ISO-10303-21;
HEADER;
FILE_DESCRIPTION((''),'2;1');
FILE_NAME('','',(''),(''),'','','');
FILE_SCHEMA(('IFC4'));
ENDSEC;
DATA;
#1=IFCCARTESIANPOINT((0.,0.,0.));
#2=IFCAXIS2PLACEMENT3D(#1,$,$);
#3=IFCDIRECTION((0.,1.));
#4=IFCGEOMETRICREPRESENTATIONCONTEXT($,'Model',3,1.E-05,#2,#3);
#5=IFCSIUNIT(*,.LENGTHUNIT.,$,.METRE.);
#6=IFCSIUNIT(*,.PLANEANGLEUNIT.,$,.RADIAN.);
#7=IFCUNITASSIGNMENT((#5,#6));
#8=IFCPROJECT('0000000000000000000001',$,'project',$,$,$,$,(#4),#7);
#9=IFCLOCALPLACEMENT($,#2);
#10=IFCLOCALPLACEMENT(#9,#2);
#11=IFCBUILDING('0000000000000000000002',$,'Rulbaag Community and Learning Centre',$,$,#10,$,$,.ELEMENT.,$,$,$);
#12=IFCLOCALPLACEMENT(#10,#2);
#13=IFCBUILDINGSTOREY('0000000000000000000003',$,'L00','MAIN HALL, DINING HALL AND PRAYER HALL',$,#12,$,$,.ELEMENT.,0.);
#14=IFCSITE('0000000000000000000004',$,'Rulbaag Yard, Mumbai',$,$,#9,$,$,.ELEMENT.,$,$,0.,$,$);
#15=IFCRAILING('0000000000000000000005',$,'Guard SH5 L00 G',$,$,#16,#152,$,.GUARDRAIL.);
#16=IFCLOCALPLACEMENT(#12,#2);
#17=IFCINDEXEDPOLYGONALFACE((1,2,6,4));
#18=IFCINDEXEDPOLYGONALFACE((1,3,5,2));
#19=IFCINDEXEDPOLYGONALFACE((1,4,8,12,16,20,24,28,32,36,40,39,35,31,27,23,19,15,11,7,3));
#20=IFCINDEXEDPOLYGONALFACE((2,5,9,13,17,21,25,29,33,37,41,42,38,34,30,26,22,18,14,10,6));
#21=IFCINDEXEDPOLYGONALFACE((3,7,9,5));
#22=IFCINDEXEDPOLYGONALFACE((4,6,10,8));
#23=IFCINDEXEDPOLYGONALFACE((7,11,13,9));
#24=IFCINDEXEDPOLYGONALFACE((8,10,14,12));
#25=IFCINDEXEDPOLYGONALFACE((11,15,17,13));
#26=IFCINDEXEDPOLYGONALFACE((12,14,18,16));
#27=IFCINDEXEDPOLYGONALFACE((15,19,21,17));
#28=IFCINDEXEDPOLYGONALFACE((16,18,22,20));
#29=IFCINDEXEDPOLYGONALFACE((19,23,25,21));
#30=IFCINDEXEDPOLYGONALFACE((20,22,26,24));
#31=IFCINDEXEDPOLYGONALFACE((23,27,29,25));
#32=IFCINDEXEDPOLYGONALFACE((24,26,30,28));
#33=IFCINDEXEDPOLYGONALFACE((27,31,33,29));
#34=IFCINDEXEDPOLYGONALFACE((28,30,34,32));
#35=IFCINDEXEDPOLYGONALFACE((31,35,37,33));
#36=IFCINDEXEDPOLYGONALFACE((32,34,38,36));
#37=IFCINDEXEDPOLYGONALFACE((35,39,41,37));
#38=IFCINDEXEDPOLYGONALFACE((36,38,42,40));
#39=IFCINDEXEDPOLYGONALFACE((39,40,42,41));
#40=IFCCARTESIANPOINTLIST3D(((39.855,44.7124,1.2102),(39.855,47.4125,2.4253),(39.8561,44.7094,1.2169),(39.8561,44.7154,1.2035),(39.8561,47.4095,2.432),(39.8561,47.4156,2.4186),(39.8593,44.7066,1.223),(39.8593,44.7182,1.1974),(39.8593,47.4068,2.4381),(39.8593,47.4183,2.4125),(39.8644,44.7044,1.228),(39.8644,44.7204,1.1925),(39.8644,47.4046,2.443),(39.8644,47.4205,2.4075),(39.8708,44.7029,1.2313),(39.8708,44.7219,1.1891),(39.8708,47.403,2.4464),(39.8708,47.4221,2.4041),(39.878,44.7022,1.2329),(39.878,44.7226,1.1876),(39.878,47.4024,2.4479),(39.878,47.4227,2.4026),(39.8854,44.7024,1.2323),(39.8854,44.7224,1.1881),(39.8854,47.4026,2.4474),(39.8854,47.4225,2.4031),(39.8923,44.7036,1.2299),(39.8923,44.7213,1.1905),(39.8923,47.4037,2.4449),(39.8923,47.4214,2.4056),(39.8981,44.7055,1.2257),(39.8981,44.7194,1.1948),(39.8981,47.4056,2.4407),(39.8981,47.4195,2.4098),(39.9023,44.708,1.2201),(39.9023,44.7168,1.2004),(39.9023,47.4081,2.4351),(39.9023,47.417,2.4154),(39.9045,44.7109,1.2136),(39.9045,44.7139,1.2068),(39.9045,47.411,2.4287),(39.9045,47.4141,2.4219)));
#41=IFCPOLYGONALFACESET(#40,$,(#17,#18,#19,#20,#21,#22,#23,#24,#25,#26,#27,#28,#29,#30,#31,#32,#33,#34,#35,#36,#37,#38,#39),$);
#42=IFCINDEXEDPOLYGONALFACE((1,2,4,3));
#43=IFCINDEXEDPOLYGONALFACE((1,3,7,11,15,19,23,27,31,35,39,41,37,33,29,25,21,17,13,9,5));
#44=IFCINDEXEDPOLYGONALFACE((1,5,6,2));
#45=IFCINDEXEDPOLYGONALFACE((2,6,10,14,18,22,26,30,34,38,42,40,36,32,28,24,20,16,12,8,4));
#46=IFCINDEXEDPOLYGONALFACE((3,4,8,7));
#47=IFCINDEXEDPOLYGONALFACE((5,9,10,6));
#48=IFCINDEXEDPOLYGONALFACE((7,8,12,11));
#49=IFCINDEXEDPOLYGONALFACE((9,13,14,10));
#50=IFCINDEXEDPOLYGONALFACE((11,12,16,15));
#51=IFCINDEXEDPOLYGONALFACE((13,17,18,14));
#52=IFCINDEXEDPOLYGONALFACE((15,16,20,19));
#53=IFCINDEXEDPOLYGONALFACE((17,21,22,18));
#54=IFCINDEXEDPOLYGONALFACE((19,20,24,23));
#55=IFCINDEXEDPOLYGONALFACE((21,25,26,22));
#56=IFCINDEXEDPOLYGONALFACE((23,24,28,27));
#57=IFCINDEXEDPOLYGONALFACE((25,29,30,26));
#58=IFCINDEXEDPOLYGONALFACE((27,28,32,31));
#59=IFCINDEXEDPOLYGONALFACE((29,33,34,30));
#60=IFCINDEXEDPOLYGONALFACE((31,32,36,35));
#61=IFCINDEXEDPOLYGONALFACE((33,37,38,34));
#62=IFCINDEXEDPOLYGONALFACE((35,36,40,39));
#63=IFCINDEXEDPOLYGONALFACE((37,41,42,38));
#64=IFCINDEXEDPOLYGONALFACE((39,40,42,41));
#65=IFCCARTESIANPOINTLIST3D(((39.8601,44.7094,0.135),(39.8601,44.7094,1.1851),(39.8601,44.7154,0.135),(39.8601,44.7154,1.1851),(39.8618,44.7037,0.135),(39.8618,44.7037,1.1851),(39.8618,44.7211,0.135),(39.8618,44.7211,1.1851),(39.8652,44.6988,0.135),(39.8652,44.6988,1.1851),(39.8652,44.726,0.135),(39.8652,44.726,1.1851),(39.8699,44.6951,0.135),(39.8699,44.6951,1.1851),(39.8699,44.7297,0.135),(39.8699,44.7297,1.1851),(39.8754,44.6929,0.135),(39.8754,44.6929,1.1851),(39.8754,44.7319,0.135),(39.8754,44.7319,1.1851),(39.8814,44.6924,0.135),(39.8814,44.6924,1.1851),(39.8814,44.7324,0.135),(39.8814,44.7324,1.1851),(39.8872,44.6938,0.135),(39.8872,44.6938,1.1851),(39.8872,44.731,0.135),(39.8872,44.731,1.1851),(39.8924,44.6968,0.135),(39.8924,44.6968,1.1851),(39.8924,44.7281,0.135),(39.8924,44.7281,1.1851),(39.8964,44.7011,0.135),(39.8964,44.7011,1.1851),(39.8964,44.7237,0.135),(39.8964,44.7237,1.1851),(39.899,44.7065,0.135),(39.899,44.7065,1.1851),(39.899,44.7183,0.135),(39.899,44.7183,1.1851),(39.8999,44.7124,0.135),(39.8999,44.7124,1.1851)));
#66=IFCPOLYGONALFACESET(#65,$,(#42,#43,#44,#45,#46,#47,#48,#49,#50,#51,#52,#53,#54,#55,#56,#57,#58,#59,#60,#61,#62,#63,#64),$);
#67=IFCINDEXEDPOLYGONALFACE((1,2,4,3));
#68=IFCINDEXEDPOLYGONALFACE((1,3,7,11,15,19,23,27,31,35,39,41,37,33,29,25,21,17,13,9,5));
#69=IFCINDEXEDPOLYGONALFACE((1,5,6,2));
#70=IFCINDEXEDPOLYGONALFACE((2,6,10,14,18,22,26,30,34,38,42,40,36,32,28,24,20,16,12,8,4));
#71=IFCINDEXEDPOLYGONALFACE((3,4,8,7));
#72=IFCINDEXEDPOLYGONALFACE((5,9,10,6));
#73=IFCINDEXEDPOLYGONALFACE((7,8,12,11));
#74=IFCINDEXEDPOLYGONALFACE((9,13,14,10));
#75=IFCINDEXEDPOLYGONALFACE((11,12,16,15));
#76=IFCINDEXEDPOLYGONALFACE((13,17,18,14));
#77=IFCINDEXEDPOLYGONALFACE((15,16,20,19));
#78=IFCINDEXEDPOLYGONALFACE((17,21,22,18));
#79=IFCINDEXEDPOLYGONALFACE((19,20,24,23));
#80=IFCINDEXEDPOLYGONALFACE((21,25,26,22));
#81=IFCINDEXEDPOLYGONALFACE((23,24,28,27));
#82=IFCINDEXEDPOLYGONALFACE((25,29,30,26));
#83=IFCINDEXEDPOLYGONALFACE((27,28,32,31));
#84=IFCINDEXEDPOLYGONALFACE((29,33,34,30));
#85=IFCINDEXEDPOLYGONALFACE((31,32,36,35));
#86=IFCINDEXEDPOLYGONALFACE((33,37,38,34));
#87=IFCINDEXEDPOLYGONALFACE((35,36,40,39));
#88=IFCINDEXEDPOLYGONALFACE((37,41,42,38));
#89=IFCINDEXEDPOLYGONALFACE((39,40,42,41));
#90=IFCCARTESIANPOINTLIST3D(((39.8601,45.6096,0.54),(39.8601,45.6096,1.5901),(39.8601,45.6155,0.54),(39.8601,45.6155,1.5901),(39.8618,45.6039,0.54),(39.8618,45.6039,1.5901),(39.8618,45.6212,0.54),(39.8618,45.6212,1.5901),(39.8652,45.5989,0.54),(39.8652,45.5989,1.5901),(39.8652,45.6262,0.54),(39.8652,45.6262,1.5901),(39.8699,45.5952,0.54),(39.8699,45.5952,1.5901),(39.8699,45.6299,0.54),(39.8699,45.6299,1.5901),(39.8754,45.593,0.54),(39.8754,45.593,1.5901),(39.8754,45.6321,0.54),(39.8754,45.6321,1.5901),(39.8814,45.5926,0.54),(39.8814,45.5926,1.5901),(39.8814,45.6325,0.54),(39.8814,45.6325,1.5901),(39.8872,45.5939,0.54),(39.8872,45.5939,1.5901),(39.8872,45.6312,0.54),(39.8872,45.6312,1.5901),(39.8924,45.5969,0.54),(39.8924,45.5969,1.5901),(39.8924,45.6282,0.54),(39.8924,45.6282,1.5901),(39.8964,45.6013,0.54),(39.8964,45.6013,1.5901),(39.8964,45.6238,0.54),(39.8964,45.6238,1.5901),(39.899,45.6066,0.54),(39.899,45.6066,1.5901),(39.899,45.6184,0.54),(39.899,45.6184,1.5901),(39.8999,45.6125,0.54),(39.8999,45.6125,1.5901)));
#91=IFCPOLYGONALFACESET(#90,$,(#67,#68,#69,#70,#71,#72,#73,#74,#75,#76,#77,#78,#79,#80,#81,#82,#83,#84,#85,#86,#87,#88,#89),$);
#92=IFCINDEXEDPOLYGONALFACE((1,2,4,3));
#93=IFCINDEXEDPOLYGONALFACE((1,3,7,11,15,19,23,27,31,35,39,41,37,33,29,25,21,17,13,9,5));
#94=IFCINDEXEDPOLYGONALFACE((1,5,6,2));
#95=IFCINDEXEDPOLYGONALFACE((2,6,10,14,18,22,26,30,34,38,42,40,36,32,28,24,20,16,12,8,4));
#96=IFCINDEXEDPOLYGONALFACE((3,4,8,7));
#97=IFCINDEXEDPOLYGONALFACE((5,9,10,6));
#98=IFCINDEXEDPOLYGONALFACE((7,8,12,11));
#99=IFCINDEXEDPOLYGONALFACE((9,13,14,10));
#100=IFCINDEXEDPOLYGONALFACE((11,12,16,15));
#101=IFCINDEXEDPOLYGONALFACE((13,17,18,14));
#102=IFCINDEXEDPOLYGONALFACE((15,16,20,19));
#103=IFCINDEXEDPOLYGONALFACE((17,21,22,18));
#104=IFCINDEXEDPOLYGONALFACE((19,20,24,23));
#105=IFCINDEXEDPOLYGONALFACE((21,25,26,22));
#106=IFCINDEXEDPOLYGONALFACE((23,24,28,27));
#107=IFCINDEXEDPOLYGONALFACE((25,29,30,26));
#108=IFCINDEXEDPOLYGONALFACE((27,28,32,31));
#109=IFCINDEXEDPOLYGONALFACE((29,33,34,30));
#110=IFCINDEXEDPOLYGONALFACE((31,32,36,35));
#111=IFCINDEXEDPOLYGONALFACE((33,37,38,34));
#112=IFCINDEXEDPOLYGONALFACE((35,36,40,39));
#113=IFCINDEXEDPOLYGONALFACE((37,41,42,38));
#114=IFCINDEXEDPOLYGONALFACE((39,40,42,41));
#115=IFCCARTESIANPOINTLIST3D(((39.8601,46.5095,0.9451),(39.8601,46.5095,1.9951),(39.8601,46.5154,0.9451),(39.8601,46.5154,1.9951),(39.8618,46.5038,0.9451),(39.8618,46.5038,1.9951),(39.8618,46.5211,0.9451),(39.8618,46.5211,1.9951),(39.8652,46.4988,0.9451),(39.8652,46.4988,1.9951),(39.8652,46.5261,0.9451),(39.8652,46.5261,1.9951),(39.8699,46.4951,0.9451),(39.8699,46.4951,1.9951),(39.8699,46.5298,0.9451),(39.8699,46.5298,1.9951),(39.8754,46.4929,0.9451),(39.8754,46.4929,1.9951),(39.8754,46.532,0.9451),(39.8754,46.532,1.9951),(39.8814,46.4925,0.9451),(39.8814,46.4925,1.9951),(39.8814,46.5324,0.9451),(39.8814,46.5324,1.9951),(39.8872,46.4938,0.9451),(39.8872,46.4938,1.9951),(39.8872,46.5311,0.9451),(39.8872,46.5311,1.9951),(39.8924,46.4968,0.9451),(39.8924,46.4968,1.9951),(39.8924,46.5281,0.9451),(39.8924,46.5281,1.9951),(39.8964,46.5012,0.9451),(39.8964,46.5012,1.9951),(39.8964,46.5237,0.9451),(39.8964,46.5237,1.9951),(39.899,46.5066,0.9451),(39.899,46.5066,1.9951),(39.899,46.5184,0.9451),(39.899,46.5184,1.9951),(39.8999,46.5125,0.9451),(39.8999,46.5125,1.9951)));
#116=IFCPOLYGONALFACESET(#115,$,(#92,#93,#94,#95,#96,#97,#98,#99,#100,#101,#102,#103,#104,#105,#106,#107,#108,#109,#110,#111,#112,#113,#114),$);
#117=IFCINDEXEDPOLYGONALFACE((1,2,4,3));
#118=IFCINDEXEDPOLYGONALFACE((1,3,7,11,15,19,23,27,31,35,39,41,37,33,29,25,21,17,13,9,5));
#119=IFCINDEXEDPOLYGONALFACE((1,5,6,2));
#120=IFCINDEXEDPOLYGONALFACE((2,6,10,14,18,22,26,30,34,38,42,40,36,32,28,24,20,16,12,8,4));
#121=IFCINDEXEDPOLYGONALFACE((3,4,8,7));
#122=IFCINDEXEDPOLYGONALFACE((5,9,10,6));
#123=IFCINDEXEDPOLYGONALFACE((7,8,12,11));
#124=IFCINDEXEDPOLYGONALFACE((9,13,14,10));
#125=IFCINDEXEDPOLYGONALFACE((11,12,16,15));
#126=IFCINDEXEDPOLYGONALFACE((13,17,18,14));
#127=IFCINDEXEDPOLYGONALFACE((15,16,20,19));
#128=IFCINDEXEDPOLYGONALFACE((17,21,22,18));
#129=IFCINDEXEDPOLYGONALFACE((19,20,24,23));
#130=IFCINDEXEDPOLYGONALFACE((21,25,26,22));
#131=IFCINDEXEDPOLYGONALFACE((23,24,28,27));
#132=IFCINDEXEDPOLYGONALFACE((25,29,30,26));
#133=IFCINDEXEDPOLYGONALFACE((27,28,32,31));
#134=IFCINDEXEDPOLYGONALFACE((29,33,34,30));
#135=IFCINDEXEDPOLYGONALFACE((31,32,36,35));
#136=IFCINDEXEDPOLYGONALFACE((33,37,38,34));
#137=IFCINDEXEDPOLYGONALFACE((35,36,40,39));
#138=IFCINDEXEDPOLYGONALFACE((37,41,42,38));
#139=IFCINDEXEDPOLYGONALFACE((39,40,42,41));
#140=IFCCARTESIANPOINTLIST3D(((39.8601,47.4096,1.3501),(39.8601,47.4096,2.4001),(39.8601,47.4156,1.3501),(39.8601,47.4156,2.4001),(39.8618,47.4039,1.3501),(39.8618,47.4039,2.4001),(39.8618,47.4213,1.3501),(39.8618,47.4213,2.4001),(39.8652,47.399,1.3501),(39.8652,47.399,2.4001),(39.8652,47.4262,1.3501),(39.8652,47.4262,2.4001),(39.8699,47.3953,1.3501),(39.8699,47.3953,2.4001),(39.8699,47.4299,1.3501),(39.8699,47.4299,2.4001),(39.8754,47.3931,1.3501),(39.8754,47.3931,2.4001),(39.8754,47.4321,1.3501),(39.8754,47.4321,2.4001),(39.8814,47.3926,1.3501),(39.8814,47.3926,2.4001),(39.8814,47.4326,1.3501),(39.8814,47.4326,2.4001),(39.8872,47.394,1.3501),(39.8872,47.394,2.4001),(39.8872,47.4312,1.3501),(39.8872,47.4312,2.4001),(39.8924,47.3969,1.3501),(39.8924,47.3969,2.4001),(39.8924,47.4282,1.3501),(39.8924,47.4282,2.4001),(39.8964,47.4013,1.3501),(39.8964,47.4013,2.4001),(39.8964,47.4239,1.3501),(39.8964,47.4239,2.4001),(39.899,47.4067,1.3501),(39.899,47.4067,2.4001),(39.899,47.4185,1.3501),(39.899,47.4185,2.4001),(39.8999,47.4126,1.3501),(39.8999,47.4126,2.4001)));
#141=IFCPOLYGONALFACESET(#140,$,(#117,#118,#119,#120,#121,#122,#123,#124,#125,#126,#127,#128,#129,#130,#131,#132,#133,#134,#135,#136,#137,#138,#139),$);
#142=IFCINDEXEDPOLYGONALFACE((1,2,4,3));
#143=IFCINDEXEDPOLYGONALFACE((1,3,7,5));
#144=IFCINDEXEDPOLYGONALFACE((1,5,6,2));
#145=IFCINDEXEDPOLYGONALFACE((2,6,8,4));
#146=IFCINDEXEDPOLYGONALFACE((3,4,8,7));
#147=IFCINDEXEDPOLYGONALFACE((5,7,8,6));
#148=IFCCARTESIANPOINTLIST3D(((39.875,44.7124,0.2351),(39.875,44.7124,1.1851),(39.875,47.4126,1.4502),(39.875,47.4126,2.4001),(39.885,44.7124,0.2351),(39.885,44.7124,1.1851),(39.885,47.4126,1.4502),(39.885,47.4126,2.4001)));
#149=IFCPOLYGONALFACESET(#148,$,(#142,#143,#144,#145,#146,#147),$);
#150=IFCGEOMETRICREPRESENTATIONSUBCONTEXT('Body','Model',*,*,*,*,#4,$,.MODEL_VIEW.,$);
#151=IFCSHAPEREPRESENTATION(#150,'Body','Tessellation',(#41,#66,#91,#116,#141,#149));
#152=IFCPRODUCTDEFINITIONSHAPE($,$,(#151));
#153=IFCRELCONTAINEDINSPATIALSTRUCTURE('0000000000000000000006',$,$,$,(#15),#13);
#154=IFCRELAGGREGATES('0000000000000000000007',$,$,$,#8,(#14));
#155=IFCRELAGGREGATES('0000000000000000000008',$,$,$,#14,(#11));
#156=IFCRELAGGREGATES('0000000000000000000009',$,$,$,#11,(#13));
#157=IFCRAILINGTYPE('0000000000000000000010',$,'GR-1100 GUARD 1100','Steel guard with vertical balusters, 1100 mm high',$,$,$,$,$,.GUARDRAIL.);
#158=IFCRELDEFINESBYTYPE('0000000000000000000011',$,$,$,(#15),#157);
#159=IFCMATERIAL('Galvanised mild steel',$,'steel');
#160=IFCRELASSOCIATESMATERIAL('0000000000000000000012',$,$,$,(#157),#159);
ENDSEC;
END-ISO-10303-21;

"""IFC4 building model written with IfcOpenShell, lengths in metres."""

from ifc_helpers import new_model, si_unit, direction, frame, origin, origin_2d, place, context, subcontext, project, spatial, polyline, circle, outline, extrude, material, type_object, element, save


model = new_model("IFC4")

# Units and contexts
model_context = context("Model", 3, precision=1e-05, world=origin(), true_north=direction((0.0, 1.0)))
body_context = subcontext(model_context, "Body", "Model", "MODEL_VIEW")
ifc_project = project(units=[si_unit("LENGTHUNIT", "METRE"), si_unit("PLANEANGLEUNIT", "RADIAN")], contexts=[model_context])

# Site, building, storey
site_placement = place(None, origin())
site = spatial("IfcSite", under=ifc_project, at=site_placement, Name="Rulbaag Yard, Mumbai", CompositionType="ELEMENT", RefElevation=0.0)
building_placement = place(site_placement, origin())
building = spatial("IfcBuilding", under=site, at=building_placement, Name="Rulbaag Community and Learning Centre", CompositionType="ELEMENT")
storey_placement = place(building_placement, origin())
storey = spatial("IfcBuildingStorey", under=building, at=storey_placement, Name="L00", Description="MAIN HALL, DINING HALL AND PRAYER HALL", CompositionType="ELEMENT", Elevation=0.0)

# Railing
ifc_material_1 = material(Name="Galvanised mild steel", Category="steel")
railing_type = type_object("IfcRailingType", Name="GR-1100 GUARD 1100", Description="Steel guard with vertical balusters, 1100 mm high", PredefinedType="GUARDRAIL", material=ifc_material_1)
railing_1_placement = place(storey_placement, frame((39.8799, 44.7124, 0.135)))
element("IfcRailing", 1, at=railing_1_placement, inside=storey, type_object=railing_type, Name="Guard SH5 L00 G", PredefinedType="GUARDRAIL", context=body_context, shape_type="SweptSolid", body=[
    extrude(circle(Radius=0.0249, at=origin_2d()), frame((0.0, 0.0, 1.0752), z_axis=(0.0, 0.911922, 0.410365), x_axis=(-1.0, 0.0, 0.0)), (0.0, 0.0, 1.0), 2.9609),
    extrude(circle(Radius=0.02, at=origin_2d()), origin(), (0.0, 0.0, 1.0), 1.05),
    extrude(circle(Radius=0.02, at=origin_2d()), frame((0.0, 0.9001, 0.405)), (0.0, 0.0, 1.0), 1.05),
    extrude(circle(Radius=0.02, at=origin_2d()), frame((0.0, 1.8, 0.8101)), (0.0, 0.0, 1.0), 1.05),
    extrude(circle(Radius=0.02, at=origin_2d()), frame((0.0, 2.7002, 1.2151)), (0.0, 0.0, 1.0), 1.05),
    extrude(outline(polyline([(0.0, 0.0), (2.7002, 1.2151), (2.7002, 2.165), (0.0, 0.95), (0.0, 0.0)])), frame((-0.0049, 0.0, 0.1001), z_axis=(1.0, 0.0, 0.0), x_axis=(0.0, 1.0, 0.0)), (0.0, 0.0, 1.0), 0.01),
])

save(model, "model.ifc")
